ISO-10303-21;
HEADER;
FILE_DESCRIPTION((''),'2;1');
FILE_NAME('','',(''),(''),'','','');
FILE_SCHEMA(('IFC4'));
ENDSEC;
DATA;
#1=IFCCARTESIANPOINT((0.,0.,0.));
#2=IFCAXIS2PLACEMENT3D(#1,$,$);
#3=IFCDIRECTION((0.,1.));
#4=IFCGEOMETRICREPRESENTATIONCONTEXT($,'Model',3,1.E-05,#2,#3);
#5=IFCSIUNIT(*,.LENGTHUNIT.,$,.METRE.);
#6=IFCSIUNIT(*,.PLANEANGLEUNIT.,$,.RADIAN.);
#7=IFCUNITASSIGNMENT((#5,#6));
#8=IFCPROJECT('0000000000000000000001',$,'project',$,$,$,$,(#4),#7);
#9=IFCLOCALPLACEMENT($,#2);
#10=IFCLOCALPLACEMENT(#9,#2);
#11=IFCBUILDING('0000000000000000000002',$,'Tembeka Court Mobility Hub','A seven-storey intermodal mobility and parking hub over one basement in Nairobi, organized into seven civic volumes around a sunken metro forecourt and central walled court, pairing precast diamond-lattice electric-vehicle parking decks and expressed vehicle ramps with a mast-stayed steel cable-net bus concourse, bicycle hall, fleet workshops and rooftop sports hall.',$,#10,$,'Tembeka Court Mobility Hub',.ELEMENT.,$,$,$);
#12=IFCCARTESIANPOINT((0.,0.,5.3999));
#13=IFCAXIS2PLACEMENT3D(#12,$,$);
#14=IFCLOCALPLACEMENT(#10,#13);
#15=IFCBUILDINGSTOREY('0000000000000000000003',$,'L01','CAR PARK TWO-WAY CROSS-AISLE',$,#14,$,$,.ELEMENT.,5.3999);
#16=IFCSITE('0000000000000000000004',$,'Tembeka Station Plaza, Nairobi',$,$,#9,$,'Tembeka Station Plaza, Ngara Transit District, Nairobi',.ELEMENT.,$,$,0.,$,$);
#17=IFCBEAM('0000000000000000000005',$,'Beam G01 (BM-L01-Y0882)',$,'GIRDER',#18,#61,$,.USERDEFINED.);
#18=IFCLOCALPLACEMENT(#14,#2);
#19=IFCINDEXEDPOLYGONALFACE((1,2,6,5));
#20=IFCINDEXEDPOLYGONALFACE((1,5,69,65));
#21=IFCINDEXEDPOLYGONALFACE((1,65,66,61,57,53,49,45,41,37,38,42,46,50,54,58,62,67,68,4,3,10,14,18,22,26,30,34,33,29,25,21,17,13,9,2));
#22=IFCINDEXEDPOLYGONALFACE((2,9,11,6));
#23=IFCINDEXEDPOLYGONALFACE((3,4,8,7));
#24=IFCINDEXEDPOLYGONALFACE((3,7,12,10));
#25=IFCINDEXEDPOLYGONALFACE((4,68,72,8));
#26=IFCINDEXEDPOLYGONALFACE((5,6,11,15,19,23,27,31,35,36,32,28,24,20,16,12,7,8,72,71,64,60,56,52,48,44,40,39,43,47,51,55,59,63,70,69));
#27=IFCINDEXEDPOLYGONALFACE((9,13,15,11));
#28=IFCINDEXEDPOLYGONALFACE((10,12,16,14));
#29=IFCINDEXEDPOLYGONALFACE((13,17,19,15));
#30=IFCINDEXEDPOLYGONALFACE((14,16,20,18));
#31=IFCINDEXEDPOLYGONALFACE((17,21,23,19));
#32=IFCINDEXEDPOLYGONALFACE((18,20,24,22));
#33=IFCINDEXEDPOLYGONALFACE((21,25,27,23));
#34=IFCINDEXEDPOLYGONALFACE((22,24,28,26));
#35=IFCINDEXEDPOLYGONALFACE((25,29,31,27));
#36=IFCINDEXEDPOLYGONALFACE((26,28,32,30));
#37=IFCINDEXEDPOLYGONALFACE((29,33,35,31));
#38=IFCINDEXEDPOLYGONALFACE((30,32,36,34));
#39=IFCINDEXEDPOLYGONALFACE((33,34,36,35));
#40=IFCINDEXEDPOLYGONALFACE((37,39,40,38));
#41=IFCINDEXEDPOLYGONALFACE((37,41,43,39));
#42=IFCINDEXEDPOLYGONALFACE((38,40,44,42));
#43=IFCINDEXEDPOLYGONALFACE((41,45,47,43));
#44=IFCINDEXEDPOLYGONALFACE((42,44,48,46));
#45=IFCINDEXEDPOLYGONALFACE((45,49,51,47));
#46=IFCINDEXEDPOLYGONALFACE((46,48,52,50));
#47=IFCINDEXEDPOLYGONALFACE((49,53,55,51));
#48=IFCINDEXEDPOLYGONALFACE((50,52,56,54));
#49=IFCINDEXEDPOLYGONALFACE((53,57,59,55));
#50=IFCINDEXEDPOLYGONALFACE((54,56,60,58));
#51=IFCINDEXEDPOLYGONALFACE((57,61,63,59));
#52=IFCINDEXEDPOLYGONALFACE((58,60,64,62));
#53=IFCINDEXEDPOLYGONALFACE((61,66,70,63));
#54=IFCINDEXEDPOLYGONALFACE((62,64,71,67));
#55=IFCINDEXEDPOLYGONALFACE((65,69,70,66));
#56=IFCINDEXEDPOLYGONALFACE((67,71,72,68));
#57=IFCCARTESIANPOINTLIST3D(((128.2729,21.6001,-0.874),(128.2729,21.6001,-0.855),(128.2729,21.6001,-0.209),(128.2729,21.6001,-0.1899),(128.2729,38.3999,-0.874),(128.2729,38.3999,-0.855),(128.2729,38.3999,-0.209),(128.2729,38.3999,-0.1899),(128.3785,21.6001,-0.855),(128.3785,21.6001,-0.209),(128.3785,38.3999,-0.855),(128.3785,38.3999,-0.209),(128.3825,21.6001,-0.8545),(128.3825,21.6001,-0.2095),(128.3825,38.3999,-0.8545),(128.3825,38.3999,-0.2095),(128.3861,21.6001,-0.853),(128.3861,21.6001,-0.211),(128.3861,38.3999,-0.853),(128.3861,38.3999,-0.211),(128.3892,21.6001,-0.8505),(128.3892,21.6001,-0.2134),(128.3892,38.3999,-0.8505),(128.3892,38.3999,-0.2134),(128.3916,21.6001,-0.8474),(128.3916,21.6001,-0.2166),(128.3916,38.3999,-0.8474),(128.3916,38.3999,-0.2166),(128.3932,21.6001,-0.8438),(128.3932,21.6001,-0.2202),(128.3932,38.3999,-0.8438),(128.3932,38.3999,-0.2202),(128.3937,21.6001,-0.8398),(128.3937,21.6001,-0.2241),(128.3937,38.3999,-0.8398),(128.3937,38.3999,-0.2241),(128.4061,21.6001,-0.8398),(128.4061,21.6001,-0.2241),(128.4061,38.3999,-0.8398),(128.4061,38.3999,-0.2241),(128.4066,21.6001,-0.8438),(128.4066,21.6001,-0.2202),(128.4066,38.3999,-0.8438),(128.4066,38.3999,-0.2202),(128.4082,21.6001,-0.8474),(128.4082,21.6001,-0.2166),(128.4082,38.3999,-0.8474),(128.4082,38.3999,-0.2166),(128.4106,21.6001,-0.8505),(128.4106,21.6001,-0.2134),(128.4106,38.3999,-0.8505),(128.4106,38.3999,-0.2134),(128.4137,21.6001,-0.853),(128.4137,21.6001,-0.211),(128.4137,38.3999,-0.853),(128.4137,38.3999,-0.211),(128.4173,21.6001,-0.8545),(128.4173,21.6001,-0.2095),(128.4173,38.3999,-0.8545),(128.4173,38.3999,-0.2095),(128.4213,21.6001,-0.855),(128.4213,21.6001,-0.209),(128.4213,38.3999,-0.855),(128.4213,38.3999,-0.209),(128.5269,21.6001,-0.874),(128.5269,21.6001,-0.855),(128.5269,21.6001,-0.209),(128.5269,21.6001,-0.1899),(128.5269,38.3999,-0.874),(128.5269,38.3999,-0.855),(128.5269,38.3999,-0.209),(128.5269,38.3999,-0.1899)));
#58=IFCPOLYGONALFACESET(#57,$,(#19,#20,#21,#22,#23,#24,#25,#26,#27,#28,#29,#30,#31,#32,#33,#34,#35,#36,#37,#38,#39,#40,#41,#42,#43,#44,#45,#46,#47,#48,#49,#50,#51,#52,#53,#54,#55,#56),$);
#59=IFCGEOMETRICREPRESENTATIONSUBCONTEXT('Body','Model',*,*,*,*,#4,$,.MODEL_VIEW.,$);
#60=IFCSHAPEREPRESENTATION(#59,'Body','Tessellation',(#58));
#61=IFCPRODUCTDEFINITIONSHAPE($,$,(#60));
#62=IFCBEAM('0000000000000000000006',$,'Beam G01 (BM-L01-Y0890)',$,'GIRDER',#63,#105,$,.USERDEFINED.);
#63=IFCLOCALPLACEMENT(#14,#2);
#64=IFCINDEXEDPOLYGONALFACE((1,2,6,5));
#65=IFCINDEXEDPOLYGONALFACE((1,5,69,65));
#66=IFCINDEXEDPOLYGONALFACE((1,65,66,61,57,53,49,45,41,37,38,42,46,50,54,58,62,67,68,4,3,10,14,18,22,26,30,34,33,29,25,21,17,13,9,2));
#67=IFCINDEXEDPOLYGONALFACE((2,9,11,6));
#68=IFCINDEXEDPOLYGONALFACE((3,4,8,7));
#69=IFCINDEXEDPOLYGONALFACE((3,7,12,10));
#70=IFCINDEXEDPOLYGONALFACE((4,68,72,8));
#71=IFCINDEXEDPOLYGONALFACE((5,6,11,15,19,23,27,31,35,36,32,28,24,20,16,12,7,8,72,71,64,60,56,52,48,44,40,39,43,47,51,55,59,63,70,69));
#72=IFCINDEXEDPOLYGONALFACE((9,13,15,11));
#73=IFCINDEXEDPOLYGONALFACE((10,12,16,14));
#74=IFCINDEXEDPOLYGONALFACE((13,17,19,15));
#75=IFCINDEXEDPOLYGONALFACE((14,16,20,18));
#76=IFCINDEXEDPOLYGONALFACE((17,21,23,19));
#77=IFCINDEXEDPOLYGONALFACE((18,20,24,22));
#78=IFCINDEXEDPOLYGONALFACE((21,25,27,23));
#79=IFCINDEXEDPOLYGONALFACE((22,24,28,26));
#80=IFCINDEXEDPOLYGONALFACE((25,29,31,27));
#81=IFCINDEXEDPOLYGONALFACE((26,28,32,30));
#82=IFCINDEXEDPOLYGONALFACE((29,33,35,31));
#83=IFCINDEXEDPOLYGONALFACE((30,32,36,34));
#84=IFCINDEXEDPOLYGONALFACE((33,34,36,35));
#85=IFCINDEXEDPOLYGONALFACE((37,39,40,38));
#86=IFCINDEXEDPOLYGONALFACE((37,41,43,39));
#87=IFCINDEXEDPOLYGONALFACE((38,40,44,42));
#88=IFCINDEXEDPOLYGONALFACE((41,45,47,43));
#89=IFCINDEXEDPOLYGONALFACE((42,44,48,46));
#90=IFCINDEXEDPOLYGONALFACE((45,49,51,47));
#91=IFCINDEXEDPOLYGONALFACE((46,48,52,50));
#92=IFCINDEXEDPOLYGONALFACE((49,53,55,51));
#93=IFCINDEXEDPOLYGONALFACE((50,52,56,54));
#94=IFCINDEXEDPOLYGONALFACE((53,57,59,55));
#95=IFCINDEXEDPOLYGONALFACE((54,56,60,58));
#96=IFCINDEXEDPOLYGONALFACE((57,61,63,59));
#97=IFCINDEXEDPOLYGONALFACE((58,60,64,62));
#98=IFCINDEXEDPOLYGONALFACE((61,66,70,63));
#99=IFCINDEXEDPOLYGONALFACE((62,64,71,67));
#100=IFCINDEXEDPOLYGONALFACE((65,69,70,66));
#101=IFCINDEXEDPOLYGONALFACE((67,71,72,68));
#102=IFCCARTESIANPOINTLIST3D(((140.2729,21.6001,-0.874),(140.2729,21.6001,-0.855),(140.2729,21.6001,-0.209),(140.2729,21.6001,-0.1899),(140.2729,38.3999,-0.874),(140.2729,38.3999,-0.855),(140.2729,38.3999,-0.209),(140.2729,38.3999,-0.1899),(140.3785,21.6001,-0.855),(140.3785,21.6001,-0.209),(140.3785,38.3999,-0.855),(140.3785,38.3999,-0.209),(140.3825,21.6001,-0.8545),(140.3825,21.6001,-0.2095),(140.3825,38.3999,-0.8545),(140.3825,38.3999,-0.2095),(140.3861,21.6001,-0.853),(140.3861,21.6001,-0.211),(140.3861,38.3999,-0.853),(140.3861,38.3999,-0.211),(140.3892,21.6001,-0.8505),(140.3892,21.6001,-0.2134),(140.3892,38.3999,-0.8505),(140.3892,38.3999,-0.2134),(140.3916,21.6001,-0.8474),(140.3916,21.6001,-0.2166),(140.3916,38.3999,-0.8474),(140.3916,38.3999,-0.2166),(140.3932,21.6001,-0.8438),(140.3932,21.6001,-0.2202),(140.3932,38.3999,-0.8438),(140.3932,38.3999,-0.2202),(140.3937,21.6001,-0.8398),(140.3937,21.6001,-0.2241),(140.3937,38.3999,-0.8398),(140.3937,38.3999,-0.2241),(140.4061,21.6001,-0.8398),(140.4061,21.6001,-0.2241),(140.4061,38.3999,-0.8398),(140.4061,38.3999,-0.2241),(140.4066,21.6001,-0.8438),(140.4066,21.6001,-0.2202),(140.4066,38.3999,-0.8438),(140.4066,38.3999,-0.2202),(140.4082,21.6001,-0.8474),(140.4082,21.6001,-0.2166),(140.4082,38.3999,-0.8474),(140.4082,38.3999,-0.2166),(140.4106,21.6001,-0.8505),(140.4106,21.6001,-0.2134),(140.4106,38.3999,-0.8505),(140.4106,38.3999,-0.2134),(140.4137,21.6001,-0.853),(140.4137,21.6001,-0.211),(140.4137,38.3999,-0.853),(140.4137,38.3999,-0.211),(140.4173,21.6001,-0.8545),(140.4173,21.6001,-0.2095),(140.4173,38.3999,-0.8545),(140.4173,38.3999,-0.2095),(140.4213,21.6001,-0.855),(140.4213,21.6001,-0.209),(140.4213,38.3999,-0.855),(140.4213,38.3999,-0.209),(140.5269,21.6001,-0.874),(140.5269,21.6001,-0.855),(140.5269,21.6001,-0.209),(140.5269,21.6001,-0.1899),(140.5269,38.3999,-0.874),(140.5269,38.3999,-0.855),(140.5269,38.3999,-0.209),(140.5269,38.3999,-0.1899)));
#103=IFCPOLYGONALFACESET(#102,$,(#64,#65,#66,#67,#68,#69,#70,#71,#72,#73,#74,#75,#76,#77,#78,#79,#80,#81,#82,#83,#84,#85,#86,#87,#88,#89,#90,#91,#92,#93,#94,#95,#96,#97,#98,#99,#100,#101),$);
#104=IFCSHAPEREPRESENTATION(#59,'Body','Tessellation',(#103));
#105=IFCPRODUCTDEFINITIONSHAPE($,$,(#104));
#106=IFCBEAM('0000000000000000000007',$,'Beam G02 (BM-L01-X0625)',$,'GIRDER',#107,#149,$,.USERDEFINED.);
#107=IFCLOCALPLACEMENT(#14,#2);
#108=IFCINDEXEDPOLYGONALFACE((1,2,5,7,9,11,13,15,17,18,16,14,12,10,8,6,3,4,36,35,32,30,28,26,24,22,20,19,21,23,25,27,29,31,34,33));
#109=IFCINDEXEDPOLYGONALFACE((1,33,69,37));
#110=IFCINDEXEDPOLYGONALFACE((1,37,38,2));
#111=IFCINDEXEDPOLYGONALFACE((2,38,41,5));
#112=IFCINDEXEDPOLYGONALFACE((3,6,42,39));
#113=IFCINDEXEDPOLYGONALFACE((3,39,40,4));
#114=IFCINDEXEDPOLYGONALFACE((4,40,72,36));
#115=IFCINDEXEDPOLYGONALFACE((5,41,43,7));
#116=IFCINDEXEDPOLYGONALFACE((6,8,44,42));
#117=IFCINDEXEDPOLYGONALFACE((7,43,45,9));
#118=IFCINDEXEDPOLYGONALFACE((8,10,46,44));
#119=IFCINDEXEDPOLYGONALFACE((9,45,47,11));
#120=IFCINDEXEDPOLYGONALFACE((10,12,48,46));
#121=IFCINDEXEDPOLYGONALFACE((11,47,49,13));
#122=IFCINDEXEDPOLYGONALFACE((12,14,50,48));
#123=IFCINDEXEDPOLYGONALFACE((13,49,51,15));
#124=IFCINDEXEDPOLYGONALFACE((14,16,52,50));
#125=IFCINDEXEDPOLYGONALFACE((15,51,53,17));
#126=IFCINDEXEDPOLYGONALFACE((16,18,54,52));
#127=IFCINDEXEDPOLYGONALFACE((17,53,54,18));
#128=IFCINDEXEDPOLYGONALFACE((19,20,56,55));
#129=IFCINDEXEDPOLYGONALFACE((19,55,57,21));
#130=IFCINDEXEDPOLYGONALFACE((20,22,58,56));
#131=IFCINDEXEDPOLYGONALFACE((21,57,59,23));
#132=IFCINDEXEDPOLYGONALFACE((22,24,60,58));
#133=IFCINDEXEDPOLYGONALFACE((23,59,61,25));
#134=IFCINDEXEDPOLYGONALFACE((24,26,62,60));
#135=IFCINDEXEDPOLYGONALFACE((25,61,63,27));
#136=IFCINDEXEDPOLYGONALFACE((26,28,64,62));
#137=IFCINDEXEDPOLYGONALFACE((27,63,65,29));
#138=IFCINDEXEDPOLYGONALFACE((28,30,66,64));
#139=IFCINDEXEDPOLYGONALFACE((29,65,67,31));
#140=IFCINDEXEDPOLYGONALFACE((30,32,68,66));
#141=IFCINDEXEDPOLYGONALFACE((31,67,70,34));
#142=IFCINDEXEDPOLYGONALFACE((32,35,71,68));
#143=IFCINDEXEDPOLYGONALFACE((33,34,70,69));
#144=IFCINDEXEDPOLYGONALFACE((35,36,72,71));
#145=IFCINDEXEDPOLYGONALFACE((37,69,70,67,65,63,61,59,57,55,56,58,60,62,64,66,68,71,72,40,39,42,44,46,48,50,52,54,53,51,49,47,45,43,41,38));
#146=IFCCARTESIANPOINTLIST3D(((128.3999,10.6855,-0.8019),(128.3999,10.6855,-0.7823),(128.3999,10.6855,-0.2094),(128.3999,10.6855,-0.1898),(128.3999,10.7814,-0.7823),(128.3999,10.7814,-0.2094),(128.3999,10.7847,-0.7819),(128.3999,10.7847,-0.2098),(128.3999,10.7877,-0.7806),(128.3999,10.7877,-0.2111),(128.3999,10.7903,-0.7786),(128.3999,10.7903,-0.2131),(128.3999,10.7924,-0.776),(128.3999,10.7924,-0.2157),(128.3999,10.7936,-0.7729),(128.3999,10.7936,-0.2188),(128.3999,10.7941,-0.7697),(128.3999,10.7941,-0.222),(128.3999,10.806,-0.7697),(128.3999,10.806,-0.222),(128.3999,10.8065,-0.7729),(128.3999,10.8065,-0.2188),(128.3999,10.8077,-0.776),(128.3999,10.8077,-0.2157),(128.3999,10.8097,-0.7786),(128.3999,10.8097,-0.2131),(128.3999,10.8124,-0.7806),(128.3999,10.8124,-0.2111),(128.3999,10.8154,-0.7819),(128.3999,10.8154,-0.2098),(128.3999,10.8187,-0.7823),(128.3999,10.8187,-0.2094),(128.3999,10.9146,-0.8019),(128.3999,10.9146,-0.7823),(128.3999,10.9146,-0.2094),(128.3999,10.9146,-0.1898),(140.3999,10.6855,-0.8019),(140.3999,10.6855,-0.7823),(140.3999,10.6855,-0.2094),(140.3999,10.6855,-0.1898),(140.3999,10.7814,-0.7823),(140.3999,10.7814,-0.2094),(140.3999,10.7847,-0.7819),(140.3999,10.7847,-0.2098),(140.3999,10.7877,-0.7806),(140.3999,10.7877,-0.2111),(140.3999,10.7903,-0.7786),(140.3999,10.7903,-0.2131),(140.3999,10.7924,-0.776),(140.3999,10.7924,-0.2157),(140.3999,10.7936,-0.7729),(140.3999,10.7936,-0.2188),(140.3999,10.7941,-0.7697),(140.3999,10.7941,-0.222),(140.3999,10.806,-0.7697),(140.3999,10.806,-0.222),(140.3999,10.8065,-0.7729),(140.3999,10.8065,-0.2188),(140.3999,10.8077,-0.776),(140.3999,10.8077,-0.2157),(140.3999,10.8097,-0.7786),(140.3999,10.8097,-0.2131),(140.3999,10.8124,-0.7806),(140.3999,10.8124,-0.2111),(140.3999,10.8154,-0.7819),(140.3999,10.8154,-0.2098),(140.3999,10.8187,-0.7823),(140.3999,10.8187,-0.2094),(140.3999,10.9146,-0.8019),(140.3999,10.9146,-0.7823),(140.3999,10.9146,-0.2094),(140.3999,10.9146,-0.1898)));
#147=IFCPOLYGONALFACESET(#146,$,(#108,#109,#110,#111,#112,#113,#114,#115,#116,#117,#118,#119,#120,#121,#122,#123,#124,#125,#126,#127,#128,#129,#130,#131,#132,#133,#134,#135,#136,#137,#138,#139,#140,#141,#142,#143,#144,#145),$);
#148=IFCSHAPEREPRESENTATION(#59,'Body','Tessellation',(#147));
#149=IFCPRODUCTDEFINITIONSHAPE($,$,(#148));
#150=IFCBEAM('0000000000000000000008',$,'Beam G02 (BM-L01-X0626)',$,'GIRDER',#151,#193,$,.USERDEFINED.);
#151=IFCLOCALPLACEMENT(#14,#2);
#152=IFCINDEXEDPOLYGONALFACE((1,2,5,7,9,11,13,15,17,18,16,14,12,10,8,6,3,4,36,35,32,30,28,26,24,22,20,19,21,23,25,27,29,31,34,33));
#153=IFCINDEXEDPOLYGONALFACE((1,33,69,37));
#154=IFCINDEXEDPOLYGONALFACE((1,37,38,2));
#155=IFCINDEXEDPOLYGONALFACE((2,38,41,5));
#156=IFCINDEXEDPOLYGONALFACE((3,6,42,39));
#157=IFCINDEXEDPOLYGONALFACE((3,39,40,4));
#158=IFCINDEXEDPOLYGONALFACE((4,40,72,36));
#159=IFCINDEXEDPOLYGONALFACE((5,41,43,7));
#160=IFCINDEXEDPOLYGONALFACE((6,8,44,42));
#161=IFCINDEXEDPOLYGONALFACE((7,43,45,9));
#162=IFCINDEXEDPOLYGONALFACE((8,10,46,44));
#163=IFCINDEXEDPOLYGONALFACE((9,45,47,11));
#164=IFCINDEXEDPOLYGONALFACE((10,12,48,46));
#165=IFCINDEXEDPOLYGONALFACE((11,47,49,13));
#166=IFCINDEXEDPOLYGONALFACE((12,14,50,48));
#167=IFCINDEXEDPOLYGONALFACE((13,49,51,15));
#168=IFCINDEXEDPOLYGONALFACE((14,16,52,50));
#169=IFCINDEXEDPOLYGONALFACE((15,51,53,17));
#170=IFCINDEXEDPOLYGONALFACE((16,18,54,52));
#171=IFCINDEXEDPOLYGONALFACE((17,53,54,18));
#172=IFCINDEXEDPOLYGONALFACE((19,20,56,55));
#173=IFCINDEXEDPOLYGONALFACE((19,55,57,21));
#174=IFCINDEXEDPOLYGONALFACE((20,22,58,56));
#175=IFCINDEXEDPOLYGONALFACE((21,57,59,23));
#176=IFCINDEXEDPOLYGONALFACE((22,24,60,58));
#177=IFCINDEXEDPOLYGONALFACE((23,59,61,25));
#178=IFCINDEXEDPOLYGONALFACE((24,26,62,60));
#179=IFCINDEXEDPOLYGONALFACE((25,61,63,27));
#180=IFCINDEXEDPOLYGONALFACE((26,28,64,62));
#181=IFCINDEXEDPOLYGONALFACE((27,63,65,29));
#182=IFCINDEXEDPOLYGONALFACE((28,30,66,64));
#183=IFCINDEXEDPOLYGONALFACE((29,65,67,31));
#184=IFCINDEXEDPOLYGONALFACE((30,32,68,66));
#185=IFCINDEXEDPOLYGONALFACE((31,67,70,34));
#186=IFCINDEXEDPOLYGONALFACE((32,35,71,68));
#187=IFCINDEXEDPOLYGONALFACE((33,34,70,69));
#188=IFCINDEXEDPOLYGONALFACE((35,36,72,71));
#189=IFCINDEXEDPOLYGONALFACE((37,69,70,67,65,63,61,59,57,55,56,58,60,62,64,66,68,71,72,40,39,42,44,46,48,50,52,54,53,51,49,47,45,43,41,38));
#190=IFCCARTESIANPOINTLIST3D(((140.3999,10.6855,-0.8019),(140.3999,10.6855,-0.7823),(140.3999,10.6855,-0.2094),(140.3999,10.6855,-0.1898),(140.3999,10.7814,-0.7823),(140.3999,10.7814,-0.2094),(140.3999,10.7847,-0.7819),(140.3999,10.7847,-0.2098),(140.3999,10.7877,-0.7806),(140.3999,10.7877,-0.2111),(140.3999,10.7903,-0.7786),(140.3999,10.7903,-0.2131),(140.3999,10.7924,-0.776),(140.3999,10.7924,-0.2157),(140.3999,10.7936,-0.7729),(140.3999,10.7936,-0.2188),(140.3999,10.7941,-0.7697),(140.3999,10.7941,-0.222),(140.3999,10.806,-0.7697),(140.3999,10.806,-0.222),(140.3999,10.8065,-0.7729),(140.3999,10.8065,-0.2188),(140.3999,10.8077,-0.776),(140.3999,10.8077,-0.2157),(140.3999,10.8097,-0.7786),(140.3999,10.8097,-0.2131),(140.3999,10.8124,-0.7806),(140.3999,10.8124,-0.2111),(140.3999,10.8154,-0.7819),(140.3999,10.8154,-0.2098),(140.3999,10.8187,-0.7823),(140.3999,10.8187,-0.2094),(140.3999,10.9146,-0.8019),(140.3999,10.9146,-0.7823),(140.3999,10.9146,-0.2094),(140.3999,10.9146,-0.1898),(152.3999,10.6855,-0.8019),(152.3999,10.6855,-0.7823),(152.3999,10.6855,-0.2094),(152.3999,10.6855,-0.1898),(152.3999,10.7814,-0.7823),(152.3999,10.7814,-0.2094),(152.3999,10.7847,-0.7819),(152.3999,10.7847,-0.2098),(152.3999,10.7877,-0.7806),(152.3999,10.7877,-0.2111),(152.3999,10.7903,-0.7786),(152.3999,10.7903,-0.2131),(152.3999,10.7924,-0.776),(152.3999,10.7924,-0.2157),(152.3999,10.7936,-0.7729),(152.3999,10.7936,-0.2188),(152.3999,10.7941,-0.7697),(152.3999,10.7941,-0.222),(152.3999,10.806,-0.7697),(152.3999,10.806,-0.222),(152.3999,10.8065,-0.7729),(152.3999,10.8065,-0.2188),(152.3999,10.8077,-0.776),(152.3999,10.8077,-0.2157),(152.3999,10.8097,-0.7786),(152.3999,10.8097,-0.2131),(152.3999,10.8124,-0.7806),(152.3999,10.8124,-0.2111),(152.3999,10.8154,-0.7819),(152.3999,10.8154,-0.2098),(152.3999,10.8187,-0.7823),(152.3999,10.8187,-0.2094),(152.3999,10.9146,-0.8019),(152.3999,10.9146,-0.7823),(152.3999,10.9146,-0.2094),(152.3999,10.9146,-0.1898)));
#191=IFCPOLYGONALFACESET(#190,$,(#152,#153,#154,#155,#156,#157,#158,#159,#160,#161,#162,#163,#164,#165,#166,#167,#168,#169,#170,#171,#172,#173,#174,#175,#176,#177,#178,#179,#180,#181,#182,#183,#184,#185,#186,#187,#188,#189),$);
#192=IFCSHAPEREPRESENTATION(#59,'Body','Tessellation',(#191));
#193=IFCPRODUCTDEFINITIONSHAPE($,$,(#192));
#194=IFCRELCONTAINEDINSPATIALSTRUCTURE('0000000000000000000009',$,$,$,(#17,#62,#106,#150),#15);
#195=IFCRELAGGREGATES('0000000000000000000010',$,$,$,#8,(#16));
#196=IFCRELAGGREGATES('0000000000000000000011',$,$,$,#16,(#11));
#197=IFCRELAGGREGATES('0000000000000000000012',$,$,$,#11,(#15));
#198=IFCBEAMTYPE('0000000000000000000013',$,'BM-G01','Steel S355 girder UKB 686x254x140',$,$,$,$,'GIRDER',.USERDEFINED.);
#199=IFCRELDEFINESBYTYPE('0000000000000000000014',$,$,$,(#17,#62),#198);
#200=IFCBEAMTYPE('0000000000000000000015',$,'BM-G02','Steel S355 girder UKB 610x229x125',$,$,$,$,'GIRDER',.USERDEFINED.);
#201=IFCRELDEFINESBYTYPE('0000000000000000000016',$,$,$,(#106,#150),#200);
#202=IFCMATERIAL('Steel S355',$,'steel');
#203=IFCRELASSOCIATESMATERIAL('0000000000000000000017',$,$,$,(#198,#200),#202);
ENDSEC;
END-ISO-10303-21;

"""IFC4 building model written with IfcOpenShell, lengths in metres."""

from ifc_helpers import new_model, si_unit, direction, frame, origin, origin_2d, place, context, subcontext, project, spatial, i_section, extrude, material, material_profile, profile_set, type_object, element, save


model = new_model("IFC4")

# Units and contexts
model_context = context("Model", 3, precision=1e-05, world=origin(), true_north=direction((0.0, 1.0)))
body_context = subcontext(model_context, "Body", "Model", "MODEL_VIEW")
ifc_project = project(units=[si_unit("LENGTHUNIT", "METRE"), si_unit("PLANEANGLEUNIT", "RADIAN")], contexts=[model_context])

# Site, building, storey
site_placement = place(None, origin())
site = spatial("IfcSite", under=ifc_project, at=site_placement, Name="Tembeka Station Plaza, Nairobi", LongName="Tembeka Station Plaza, Ngara Transit District, Nairobi", CompositionType="ELEMENT", RefElevation=0.0)
building_placement = place(site_placement, origin())
building = spatial("IfcBuilding", under=site, at=building_placement, Name="Tembeka Court Mobility Hub", Description="A seven-storey intermodal mobility and parking hub over one basement in Nairobi, organized into seven civic volumes around a sunken metro forecourt and central walled court, pairing precast diamond-lattice electric-vehicle parking decks and expressed vehicle ramps with a mast-stayed steel cable-net bus concourse, bicycle hall, fleet workshops and rooftop sports hall.", LongName="Tembeka Court Mobility Hub", CompositionType="ELEMENT")
storey_placement = place(building_placement, frame((0.0, 0.0, 5.3999)))
storey = spatial("IfcBuildingStorey", under=building, at=storey_placement, Name="L01", Description="CAR PARK TWO-WAY CROSS-AISLE", CompositionType="ELEMENT", Elevation=5.3999)

# Shared definitions
ifc_material_1 = material(Name="Steel S355", Category="steel")

# Beams
ifc_material_profile_1 = material_profile(ifc_material_1, i_section(OverallWidth=0.2539, OverallDepth=0.6841, WebThickness=0.0125, FlangeThickness=0.019, FilletRadius=0.0151, at=origin_2d()), Name="UKB 686x254x140")
ifc_profile_set_1 = profile_set([ifc_material_profile_1], Name="Steel S355")
beam_type_1 = type_object("IfcBeamType", Name="BM-G01", Description="Steel S355 girder UKB 686x254x140", ElementType="GIRDER", PredefinedType="USERDEFINED", material=ifc_profile_set_1)
for number, where, z_axis, x_axis, name in (
    (1, (128.3999, 21.6001, -0.532), (0.0, 1.0, 0.0), (-1.0, 0.0, 0.0), "Beam G01 (BM-L01-Y0882)"),
    (2, (140.3999, 21.6001, -0.532), (0.0, 1.0, 0.0), (-1.0, 0.0, 0.0), "Beam G01 (BM-L01-Y0890)"),
):
    element("IfcBeam", number, at=place(storey_placement, frame(where, z_axis=z_axis, x_axis=x_axis)), inside=storey, type_object=beam_type_1, Name=name, ObjectType="GIRDER", PredefinedType="USERDEFINED", context=body_context, shape_type="SweptSolid", body=[
        extrude(i_section(OverallWidth=0.2539, OverallDepth=0.6841, WebThickness=0.0125, FlangeThickness=0.019, FilletRadius=0.0151, at=origin_2d()), origin(), (0.0, 0.0, 1.0), 16.7998),
    ])
ifc_material_profile_2 = material_profile(ifc_material_1, i_section(OverallWidth=0.229, OverallDepth=0.6121, WebThickness=0.012, FlangeThickness=0.0195, FilletRadius=0.0127, at=origin_2d()), Name="UKB 610x229x125")
ifc_profile_set_2 = profile_set([ifc_material_profile_2], Name="Steel S355")
beam_type_2 = type_object("IfcBeamType", Name="BM-G02", Description="Steel S355 girder UKB 610x229x125", ElementType="GIRDER", PredefinedType="USERDEFINED", material=ifc_profile_set_2)
for number, where, z_axis, x_axis, name in (
    (3, (128.3999, 10.8, -0.4958), (1.0, 0.0, 0.0), (0.0, 1.0, 0.0), "Beam G02 (BM-L01-X0625)"),
    (4, (140.3999, 10.8, -0.4958), (1.0, 0.0, 0.0), (0.0, 1.0, 0.0), "Beam G02 (BM-L01-X0626)"),
):
    element("IfcBeam", number, at=place(storey_placement, frame(where, z_axis=z_axis, x_axis=x_axis)), inside=storey, type_object=beam_type_2, Name=name, ObjectType="GIRDER", PredefinedType="USERDEFINED", context=body_context, shape_type="SweptSolid", body=[
        extrude(i_section(OverallWidth=0.229, OverallDepth=0.6121, WebThickness=0.012, FlangeThickness=0.0195, FilletRadius=0.0127, at=origin_2d()), origin(), (0.0, 0.0, 1.0), 12.0),
    ])

save(model, "model.ifc")
